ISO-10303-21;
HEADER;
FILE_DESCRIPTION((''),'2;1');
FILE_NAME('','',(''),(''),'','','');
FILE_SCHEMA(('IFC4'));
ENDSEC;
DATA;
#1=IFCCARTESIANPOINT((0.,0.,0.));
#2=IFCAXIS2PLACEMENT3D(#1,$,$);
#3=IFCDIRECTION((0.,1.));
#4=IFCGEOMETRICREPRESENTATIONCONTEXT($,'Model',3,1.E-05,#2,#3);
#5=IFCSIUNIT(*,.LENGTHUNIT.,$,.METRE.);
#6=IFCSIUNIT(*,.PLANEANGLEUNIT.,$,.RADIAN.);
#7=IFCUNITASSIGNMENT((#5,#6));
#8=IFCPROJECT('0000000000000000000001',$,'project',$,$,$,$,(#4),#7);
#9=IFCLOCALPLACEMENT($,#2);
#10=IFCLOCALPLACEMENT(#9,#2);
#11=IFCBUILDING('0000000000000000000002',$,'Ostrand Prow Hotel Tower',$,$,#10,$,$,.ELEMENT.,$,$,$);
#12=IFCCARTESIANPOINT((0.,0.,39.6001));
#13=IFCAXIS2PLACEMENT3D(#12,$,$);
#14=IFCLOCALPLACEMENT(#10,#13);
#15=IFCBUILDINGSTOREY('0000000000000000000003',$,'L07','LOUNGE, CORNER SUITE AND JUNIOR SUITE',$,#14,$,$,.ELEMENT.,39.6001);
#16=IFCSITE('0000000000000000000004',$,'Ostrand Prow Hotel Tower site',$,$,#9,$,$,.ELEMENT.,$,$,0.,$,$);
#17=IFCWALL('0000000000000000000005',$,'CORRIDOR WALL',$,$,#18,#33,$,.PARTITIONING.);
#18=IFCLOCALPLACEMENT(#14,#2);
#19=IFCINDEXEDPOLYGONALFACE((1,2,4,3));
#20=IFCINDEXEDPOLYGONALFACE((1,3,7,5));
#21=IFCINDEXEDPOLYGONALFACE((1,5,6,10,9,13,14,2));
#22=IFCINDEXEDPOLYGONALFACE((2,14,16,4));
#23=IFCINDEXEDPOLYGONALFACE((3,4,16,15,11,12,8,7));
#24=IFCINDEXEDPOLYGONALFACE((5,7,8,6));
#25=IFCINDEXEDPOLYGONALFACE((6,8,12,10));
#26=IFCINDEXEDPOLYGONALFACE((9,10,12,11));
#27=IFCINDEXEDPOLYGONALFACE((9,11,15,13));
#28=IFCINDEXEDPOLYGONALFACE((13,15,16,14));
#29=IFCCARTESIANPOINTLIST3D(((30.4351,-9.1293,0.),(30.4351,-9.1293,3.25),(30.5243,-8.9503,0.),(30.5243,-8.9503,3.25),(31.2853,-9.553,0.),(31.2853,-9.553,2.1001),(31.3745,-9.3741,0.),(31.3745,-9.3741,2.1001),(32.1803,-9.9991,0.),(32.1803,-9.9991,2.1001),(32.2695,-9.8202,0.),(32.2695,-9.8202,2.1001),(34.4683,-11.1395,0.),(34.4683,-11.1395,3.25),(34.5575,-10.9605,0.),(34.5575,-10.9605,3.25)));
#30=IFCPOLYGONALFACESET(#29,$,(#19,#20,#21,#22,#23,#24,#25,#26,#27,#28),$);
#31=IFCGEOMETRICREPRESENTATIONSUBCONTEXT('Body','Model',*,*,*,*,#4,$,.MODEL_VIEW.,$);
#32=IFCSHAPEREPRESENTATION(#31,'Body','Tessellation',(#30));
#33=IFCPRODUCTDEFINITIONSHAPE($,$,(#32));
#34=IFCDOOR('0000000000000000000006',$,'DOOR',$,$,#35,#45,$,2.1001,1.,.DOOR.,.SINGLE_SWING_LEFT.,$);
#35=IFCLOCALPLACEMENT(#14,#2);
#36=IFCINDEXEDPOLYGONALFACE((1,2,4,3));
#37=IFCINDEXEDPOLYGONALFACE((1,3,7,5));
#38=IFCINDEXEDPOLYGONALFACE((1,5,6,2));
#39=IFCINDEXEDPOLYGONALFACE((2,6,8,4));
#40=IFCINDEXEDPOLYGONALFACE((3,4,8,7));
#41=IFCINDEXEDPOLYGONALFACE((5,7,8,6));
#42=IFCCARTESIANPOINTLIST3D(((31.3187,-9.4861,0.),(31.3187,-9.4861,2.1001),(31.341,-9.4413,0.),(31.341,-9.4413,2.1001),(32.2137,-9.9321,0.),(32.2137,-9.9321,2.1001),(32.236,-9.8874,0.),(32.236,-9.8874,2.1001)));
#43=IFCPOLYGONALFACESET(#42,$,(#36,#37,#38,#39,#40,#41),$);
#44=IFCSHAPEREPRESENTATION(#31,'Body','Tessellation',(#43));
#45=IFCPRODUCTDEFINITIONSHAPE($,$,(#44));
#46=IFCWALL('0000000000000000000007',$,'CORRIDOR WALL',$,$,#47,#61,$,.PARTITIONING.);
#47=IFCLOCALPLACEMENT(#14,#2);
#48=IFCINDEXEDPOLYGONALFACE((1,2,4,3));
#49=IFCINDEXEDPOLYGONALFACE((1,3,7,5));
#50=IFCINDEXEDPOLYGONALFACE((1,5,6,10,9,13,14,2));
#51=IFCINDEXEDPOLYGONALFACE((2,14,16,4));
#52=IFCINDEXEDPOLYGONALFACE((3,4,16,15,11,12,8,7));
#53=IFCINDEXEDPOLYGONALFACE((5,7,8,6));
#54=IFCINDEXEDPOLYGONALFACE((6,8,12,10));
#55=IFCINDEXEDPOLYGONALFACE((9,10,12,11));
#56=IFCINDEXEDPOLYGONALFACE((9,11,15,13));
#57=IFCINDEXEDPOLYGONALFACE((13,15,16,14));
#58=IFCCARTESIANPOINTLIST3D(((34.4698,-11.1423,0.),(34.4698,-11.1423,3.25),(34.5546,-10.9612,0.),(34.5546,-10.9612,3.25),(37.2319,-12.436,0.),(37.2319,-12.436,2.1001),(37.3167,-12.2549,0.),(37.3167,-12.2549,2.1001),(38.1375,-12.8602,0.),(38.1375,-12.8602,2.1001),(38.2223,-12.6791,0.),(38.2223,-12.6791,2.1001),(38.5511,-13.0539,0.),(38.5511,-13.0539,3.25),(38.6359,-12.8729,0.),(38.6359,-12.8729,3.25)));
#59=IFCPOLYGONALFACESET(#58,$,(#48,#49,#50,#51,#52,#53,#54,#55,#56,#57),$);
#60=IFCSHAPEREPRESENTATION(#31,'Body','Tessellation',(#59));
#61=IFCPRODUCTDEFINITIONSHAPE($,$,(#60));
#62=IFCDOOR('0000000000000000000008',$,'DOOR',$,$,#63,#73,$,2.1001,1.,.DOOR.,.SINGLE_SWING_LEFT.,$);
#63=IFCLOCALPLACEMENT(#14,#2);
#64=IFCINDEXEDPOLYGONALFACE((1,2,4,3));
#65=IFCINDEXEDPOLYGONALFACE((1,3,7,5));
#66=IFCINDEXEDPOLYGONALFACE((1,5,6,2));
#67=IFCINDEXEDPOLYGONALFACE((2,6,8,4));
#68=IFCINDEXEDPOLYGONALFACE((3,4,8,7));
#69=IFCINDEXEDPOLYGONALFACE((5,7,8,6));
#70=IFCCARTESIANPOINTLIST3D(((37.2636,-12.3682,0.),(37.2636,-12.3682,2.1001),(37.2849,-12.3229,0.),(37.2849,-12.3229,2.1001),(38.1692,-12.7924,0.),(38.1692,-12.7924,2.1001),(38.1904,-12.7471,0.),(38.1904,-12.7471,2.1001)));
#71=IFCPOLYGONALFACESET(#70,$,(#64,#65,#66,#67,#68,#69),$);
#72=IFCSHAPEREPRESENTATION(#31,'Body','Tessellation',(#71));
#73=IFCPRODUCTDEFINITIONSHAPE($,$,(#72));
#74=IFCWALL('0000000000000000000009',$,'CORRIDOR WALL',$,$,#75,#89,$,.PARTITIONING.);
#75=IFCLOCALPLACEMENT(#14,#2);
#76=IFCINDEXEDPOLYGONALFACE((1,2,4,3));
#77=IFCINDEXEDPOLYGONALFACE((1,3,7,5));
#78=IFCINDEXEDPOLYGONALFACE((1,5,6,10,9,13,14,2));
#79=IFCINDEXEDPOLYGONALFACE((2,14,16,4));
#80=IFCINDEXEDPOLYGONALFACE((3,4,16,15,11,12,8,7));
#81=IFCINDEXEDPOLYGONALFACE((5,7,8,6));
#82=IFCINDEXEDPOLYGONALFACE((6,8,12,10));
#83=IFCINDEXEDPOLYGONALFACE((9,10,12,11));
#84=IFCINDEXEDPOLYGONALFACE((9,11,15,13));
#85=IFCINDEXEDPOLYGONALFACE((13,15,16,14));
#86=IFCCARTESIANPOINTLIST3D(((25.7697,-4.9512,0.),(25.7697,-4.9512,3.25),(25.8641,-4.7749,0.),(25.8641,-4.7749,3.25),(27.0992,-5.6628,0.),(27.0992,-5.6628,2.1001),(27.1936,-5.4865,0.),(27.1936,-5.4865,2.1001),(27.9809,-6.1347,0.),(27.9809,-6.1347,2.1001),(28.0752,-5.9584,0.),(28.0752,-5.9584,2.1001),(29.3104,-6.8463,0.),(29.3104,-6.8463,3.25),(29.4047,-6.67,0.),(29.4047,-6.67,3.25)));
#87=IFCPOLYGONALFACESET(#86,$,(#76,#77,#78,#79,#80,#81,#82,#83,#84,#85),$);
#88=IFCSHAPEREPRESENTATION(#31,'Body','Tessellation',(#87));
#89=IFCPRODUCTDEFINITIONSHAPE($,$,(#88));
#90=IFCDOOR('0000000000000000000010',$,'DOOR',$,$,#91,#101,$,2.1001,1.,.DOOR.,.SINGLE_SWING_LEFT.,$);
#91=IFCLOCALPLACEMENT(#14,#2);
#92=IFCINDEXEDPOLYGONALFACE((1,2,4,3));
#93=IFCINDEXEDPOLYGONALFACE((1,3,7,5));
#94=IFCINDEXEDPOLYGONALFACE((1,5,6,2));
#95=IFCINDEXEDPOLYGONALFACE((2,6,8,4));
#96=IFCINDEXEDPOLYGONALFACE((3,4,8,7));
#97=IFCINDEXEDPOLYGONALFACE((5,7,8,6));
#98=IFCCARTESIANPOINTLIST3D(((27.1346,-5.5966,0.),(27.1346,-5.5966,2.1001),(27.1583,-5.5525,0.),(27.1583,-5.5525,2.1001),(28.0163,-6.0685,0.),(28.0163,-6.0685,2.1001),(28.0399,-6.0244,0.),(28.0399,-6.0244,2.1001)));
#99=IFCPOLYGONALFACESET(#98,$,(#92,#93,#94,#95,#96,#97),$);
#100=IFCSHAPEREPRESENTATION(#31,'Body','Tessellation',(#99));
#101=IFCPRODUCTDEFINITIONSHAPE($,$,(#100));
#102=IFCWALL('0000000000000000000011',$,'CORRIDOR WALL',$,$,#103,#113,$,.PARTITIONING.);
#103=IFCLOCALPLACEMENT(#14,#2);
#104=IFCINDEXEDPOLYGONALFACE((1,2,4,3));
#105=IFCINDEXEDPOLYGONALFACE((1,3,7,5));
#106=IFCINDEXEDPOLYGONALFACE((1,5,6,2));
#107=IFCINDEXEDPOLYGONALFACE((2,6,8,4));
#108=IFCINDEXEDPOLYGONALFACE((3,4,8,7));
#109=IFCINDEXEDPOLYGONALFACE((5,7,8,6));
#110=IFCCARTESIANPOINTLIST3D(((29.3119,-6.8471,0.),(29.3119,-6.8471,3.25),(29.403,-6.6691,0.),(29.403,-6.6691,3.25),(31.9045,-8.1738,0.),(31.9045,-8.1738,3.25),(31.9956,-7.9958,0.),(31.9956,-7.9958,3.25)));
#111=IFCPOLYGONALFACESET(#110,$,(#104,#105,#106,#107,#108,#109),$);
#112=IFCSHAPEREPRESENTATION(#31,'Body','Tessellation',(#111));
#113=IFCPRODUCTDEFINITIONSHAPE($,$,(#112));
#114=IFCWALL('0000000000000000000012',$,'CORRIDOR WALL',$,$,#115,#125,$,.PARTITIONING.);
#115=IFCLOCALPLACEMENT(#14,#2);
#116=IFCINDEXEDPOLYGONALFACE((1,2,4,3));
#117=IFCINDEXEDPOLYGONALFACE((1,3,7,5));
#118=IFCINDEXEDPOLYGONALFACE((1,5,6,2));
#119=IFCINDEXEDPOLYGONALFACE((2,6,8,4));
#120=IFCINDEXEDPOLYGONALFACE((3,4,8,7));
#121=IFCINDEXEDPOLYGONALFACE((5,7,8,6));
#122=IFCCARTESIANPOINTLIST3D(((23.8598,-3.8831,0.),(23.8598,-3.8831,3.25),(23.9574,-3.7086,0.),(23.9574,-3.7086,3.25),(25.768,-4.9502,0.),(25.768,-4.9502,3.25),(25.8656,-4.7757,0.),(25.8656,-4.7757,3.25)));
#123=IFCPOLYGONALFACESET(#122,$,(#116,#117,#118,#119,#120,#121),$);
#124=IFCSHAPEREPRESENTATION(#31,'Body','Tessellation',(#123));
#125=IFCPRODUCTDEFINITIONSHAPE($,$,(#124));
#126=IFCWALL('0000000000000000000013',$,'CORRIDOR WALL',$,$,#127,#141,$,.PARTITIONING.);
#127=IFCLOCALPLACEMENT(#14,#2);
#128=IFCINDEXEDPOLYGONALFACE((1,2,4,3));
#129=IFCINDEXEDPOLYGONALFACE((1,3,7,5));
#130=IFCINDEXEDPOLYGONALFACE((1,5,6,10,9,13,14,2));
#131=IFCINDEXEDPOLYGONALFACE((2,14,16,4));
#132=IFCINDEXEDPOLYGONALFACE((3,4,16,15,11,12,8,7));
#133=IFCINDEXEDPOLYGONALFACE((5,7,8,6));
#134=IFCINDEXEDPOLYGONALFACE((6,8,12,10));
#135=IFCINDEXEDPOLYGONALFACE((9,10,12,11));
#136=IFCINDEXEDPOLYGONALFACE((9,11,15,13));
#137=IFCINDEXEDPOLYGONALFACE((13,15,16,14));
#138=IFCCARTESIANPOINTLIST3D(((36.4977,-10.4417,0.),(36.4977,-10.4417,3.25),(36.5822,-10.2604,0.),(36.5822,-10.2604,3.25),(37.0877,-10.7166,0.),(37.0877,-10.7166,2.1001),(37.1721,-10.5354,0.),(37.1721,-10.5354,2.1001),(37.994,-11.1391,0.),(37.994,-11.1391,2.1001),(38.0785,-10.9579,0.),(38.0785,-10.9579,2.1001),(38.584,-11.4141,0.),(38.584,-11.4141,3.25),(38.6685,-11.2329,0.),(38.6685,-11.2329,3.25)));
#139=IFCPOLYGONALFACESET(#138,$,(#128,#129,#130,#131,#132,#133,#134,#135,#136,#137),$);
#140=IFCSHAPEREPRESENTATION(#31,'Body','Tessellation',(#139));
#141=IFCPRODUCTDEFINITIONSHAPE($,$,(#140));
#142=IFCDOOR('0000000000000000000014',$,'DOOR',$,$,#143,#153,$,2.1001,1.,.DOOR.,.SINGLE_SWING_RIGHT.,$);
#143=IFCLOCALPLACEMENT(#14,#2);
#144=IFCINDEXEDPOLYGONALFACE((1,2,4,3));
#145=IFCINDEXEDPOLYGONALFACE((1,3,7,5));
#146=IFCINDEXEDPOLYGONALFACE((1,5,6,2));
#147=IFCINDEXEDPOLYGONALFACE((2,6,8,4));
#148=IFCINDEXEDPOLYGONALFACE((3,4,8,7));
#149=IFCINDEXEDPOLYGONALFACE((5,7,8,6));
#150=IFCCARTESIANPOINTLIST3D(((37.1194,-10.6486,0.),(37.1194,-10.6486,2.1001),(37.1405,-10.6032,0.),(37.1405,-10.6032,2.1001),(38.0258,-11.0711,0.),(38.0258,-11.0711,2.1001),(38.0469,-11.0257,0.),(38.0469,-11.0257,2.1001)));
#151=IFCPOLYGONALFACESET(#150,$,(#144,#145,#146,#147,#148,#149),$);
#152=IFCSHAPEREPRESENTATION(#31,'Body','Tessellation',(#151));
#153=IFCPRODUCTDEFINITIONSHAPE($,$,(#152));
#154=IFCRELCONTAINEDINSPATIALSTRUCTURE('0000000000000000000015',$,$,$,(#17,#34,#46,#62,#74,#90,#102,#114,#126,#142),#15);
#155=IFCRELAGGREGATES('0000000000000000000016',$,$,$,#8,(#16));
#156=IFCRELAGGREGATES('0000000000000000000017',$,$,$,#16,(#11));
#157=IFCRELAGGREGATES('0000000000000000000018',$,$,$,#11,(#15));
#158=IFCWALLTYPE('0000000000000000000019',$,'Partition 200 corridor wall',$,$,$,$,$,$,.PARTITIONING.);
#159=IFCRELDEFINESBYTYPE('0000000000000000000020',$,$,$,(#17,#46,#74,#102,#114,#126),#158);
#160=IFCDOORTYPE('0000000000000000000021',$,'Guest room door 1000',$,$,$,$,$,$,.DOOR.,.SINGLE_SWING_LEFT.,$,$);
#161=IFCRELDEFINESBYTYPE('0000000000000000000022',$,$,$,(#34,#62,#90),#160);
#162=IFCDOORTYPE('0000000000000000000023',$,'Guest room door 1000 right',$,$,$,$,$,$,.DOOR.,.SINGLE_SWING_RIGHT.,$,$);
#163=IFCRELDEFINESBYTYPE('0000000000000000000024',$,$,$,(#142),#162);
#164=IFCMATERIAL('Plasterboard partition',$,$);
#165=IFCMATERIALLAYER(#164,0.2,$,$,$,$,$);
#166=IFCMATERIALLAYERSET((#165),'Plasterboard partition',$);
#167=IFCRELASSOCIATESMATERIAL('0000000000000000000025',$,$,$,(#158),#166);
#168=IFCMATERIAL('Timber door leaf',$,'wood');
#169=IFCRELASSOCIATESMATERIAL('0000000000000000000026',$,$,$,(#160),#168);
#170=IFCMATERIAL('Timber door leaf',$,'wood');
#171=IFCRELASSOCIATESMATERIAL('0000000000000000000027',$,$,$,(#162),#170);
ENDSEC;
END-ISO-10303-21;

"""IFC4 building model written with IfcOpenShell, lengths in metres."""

from ifc_helpers import new_model, si_unit, direction, frame, frame_2d, origin, place, context, subcontext, project, spatial, rectangle, extrude, material, layer, layer_set, type_object, element, fill, save


model = new_model("IFC4")

# Units and contexts
model_context = context("Model", 3, precision=1e-05, world=origin(), true_north=direction((0.0, 1.0)))
body_context = subcontext(model_context, "Body", "Model", "MODEL_VIEW")
ifc_project = project(units=[si_unit("LENGTHUNIT", "METRE"), si_unit("PLANEANGLEUNIT", "RADIAN")], contexts=[model_context])

# Site, building, storey
site_placement = place(None, origin())
site = spatial("IfcSite", under=ifc_project, at=site_placement, Name="Ostrand Prow Hotel Tower site", CompositionType="ELEMENT", RefElevation=0.0)
building_placement = place(site_placement, origin())
building = spatial("IfcBuilding", under=site, at=building_placement, Name="Ostrand Prow Hotel Tower", CompositionType="ELEMENT")
storey_placement = place(building_placement, frame((0.0, 0.0, 39.6001)))
storey = spatial("IfcBuildingStorey", under=building, at=storey_placement, Name="L07", Description="LOUNGE, CORNER SUITE AND JUNIOR SUITE", CompositionType="ELEMENT", Elevation=39.6001)

# Walls, openings, doors
ifc_material_1 = material(Name="Plasterboard partition")
ifc_layer_1 = layer(ifc_material_1, 0.2)
ifc_layer_set_1 = layer_set([ifc_layer_1], Name="Plasterboard partition")
wall_type_1 = type_object("IfcWallType", Name="Partition 200 corridor wall", PredefinedType="PARTITIONING", material=ifc_layer_set_1)
wall_1_placement = place(storey_placement, frame((30.4797, -9.0398, 0.0), z_axis=(0.0, 0.0, 1.0), x_axis=(0.89499, -0.446086, 0.0)))
wall_1 = element("IfcWall", 1, at=wall_1_placement, inside=storey, type_object=wall_type_1, Name="CORRIDOR WALL", PredefinedType="PARTITIONING", context=body_context, shape_type="SweptSolid", body=[
    extrude(rectangle(XDim=4.5063, YDim=0.2, at=frame_2d((2.2532, 0.0))), origin(), (0.0, 0.0, 1.0), 3.25),
])
opening_1_placement = place(wall_1_placement, frame((0.95, 0.0, 0.0)))
opening_1 = element("IfcOpeningElement", 2, at=opening_1_placement, cuts=wall_1, PredefinedType="OPENING", context=body_context, shape_type="SweptSolid", body=[
    extrude(rectangle(XDim=1.0, YDim=2.1001, at=frame_2d((0.5, 1.05))), frame((0.0, 0.1099, 0.0), z_axis=(0.0, -1.0, 0.0), x_axis=(1.0, 0.0, 0.0)), (0.0, 0.0, 1.0), 0.22),
])
ifc_material_2 = material(Name="Timber door leaf", Category="wood")
door_type_1 = type_object("IfcDoorType", Name="Guest room door 1000", OperationType="SINGLE_SWING_LEFT", PredefinedType="DOOR", material=ifc_material_2)
door_1_placement = place(opening_1_placement, origin())
door_1 = element("IfcDoor", 3, at=door_1_placement, inside=storey, type_object=door_type_1, Name="DOOR", OperationType="SINGLE_SWING_LEFT", OverallHeight=2.1001, OverallWidth=1.0, PredefinedType="DOOR", context=body_context, shape_type="SweptSolid", body=[
    extrude(rectangle(XDim=1.0, YDim=2.1001, at=frame_2d((0.5, 1.05))), frame((0.0, 0.0249, 0.0), z_axis=(0.0, -1.0, 0.0), x_axis=(1.0, 0.0, 0.0)), (0.0, 0.0, 1.0), 0.05),
])
fill(opening_1, door_1)
wall_2_placement = place(storey_placement, frame((34.5122, -11.0518, 0.0), z_axis=(0.0, 0.0, 1.0), x_axis=(0.905586, -0.424163, 0.0)))
wall_2 = element("IfcWall", 4, at=wall_2_placement, inside=storey, type_object=wall_type_1, Name="CORRIDOR WALL", PredefinedType="PARTITIONING", context=body_context, shape_type="SweptSolid", body=[
    extrude(rectangle(XDim=4.5068, YDim=0.2, at=frame_2d((2.2534, 0.0))), origin(), (0.0, 0.0, 1.0), 3.25),
])
opening_2_placement = place(wall_2_placement, frame((3.05, 0.0, 0.0)))
opening_2 = element("IfcOpeningElement", 5, at=opening_2_placement, cuts=wall_2, PredefinedType="OPENING", context=body_context, shape_type="SweptSolid", body=[
    extrude(rectangle(XDim=1.0, YDim=2.1001, at=frame_2d((0.5, 1.05))), frame((0.0, 0.1099, 0.0), z_axis=(0.0, -1.0, 0.0), x_axis=(1.0, 0.0, 0.0)), (0.0, 0.0, 1.0), 0.22),
])
door_2_placement = place(opening_2_placement, origin())
door_2 = element("IfcDoor", 6, at=door_2_placement, inside=storey, type_object=door_type_1, Name="DOOR", OperationType="SINGLE_SWING_LEFT", OverallHeight=2.1001, OverallWidth=1.0, PredefinedType="DOOR", context=body_context, shape_type="SweptSolid", body=[
    extrude(rectangle(XDim=1.0, YDim=2.1001, at=frame_2d((0.5, 1.05))), frame((0.0, 0.0249, 0.0), z_axis=(0.0, -1.0, 0.0), x_axis=(1.0, 0.0, 0.0)), (0.0, 0.0, 1.0), 0.05),
])
fill(opening_2, door_2)
wall_3_placement = place(storey_placement, frame((29.3574, -6.7581, 0.0), z_axis=(0.0, 0.0, 1.0), x_axis=(-0.881655, 0.471894, 0.0)))
wall_3 = element("IfcWall", 7, at=wall_3_placement, inside=storey, type_object=wall_type_1, Name="CORRIDOR WALL", PredefinedType="PARTITIONING", context=body_context, shape_type="SweptSolid", body=[
    extrude(rectangle(XDim=4.0159, YDim=0.2, at=frame_2d((2.0078, 0.0))), origin(), (0.0, 0.0, 1.0), 3.25),
])
opening_3_placement = place(wall_3_placement, frame((1.5078, 0.0, 0.0)))
opening_3 = element("IfcOpeningElement", 8, at=opening_3_placement, cuts=wall_3, PredefinedType="OPENING", context=body_context, shape_type="SweptSolid", body=[
    extrude(rectangle(XDim=1.0, YDim=2.1001, at=frame_2d((0.5, 1.05))), frame((0.0, 0.1099, 0.0), z_axis=(0.0, -1.0, 0.0), x_axis=(1.0, 0.0, 0.0)), (0.0, 0.0, 1.0), 0.22),
])
door_3_placement = place(opening_3_placement, origin())
door_3 = element("IfcDoor", 9, at=door_3_placement, inside=storey, type_object=door_type_1, Name="DOOR", OperationType="SINGLE_SWING_LEFT", OverallHeight=2.1001, OverallWidth=1.0, PredefinedType="DOOR", context=body_context, shape_type="SweptSolid", body=[
    extrude(rectangle(XDim=1.0, YDim=2.1001, at=frame_2d((0.5, 1.05))), frame((0.0, 0.0249, 0.0), z_axis=(0.0, -1.0, 0.0), x_axis=(1.0, 0.0, 0.0)), (0.0, 0.0, 1.0), 0.05),
])
fill(opening_3, door_3)

# Walls
wall_4_placement = place(storey_placement, frame((31.95, -8.0847, 0.0), z_axis=(0.0, 0.0, 1.0), x_axis=(-0.890213, 0.455544, 0.0)))
element("IfcWall", 10, at=wall_4_placement, inside=storey, type_object=wall_type_1, Name="CORRIDOR WALL", PredefinedType="PARTITIONING", context=body_context, shape_type="SweptSolid", body=[
    extrude(rectangle(XDim=2.9124, YDim=0.2, at=frame_2d((1.4561, 0.0))), origin(), (0.0, 0.0, 1.0), 3.25),
])
wall_5_placement = place(storey_placement, frame((25.8169, -4.863, 0.0), z_axis=(0.0, 0.0, 1.0), x_axis=(-0.87279, 0.488097, 0.0)))
element("IfcWall", 11, at=wall_5_placement, inside=storey, type_object=wall_type_1, Name="CORRIDOR WALL", PredefinedType="PARTITIONING", context=body_context, shape_type="SweptSolid", body=[
    extrude(rectangle(XDim=2.1863, YDim=0.2, at=frame_2d((1.0933, 0.0))), origin(), (0.0, 0.0, 1.0), 3.25),
])

# Wall, opening, door
wall_6_placement = place(storey_placement, frame((38.6262, -11.3235, 0.0), z_axis=(0.0, 0.0, 1.0), x_axis=(-0.906373, 0.422479, 0.0)))
wall_6 = element("IfcWall", 12, at=wall_6_placement, inside=storey, type_object=wall_type_1, Name="CORRIDOR WALL", PredefinedType="PARTITIONING", context=body_context, shape_type="SweptSolid", body=[
    extrude(rectangle(XDim=2.3018, YDim=0.2, at=frame_2d((1.1509, 0.0))), origin(), (0.0, 0.0, 1.0), 3.25),
])
opening_4_placement = place(wall_6_placement, frame((0.6509, 0.0, 0.0)))
opening_4 = element("IfcOpeningElement", 13, at=opening_4_placement, cuts=wall_6, PredefinedType="OPENING", context=body_context, shape_type="SweptSolid", body=[
    extrude(rectangle(XDim=1.0, YDim=2.1001, at=frame_2d((0.5, 1.05))), frame((0.0, 0.1099, 0.0), z_axis=(0.0, -1.0, 0.0), x_axis=(1.0, 0.0, 0.0)), (0.0, 0.0, 1.0), 0.22),
])
ifc_material_3 = material(Name="Timber door leaf", Category="wood")
door_type_2 = type_object("IfcDoorType", Name="Guest room door 1000 right", OperationType="SINGLE_SWING_RIGHT", PredefinedType="DOOR", material=ifc_material_3)
door_4_placement = place(opening_4_placement, origin())
door_4 = element("IfcDoor", 14, at=door_4_placement, inside=storey, type_object=door_type_2, Name="DOOR", OperationType="SINGLE_SWING_RIGHT", OverallHeight=2.1001, OverallWidth=1.0, PredefinedType="DOOR", context=body_context, shape_type="SweptSolid", body=[
    extrude(rectangle(XDim=1.0, YDim=2.1001, at=frame_2d((0.5, 1.05))), frame((0.0, 0.0249, 0.0), z_axis=(0.0, -1.0, 0.0), x_axis=(1.0, 0.0, 0.0)), (0.0, 0.0, 1.0), 0.05),
])
fill(opening_4, door_4)

save(model, "model.ifc")
